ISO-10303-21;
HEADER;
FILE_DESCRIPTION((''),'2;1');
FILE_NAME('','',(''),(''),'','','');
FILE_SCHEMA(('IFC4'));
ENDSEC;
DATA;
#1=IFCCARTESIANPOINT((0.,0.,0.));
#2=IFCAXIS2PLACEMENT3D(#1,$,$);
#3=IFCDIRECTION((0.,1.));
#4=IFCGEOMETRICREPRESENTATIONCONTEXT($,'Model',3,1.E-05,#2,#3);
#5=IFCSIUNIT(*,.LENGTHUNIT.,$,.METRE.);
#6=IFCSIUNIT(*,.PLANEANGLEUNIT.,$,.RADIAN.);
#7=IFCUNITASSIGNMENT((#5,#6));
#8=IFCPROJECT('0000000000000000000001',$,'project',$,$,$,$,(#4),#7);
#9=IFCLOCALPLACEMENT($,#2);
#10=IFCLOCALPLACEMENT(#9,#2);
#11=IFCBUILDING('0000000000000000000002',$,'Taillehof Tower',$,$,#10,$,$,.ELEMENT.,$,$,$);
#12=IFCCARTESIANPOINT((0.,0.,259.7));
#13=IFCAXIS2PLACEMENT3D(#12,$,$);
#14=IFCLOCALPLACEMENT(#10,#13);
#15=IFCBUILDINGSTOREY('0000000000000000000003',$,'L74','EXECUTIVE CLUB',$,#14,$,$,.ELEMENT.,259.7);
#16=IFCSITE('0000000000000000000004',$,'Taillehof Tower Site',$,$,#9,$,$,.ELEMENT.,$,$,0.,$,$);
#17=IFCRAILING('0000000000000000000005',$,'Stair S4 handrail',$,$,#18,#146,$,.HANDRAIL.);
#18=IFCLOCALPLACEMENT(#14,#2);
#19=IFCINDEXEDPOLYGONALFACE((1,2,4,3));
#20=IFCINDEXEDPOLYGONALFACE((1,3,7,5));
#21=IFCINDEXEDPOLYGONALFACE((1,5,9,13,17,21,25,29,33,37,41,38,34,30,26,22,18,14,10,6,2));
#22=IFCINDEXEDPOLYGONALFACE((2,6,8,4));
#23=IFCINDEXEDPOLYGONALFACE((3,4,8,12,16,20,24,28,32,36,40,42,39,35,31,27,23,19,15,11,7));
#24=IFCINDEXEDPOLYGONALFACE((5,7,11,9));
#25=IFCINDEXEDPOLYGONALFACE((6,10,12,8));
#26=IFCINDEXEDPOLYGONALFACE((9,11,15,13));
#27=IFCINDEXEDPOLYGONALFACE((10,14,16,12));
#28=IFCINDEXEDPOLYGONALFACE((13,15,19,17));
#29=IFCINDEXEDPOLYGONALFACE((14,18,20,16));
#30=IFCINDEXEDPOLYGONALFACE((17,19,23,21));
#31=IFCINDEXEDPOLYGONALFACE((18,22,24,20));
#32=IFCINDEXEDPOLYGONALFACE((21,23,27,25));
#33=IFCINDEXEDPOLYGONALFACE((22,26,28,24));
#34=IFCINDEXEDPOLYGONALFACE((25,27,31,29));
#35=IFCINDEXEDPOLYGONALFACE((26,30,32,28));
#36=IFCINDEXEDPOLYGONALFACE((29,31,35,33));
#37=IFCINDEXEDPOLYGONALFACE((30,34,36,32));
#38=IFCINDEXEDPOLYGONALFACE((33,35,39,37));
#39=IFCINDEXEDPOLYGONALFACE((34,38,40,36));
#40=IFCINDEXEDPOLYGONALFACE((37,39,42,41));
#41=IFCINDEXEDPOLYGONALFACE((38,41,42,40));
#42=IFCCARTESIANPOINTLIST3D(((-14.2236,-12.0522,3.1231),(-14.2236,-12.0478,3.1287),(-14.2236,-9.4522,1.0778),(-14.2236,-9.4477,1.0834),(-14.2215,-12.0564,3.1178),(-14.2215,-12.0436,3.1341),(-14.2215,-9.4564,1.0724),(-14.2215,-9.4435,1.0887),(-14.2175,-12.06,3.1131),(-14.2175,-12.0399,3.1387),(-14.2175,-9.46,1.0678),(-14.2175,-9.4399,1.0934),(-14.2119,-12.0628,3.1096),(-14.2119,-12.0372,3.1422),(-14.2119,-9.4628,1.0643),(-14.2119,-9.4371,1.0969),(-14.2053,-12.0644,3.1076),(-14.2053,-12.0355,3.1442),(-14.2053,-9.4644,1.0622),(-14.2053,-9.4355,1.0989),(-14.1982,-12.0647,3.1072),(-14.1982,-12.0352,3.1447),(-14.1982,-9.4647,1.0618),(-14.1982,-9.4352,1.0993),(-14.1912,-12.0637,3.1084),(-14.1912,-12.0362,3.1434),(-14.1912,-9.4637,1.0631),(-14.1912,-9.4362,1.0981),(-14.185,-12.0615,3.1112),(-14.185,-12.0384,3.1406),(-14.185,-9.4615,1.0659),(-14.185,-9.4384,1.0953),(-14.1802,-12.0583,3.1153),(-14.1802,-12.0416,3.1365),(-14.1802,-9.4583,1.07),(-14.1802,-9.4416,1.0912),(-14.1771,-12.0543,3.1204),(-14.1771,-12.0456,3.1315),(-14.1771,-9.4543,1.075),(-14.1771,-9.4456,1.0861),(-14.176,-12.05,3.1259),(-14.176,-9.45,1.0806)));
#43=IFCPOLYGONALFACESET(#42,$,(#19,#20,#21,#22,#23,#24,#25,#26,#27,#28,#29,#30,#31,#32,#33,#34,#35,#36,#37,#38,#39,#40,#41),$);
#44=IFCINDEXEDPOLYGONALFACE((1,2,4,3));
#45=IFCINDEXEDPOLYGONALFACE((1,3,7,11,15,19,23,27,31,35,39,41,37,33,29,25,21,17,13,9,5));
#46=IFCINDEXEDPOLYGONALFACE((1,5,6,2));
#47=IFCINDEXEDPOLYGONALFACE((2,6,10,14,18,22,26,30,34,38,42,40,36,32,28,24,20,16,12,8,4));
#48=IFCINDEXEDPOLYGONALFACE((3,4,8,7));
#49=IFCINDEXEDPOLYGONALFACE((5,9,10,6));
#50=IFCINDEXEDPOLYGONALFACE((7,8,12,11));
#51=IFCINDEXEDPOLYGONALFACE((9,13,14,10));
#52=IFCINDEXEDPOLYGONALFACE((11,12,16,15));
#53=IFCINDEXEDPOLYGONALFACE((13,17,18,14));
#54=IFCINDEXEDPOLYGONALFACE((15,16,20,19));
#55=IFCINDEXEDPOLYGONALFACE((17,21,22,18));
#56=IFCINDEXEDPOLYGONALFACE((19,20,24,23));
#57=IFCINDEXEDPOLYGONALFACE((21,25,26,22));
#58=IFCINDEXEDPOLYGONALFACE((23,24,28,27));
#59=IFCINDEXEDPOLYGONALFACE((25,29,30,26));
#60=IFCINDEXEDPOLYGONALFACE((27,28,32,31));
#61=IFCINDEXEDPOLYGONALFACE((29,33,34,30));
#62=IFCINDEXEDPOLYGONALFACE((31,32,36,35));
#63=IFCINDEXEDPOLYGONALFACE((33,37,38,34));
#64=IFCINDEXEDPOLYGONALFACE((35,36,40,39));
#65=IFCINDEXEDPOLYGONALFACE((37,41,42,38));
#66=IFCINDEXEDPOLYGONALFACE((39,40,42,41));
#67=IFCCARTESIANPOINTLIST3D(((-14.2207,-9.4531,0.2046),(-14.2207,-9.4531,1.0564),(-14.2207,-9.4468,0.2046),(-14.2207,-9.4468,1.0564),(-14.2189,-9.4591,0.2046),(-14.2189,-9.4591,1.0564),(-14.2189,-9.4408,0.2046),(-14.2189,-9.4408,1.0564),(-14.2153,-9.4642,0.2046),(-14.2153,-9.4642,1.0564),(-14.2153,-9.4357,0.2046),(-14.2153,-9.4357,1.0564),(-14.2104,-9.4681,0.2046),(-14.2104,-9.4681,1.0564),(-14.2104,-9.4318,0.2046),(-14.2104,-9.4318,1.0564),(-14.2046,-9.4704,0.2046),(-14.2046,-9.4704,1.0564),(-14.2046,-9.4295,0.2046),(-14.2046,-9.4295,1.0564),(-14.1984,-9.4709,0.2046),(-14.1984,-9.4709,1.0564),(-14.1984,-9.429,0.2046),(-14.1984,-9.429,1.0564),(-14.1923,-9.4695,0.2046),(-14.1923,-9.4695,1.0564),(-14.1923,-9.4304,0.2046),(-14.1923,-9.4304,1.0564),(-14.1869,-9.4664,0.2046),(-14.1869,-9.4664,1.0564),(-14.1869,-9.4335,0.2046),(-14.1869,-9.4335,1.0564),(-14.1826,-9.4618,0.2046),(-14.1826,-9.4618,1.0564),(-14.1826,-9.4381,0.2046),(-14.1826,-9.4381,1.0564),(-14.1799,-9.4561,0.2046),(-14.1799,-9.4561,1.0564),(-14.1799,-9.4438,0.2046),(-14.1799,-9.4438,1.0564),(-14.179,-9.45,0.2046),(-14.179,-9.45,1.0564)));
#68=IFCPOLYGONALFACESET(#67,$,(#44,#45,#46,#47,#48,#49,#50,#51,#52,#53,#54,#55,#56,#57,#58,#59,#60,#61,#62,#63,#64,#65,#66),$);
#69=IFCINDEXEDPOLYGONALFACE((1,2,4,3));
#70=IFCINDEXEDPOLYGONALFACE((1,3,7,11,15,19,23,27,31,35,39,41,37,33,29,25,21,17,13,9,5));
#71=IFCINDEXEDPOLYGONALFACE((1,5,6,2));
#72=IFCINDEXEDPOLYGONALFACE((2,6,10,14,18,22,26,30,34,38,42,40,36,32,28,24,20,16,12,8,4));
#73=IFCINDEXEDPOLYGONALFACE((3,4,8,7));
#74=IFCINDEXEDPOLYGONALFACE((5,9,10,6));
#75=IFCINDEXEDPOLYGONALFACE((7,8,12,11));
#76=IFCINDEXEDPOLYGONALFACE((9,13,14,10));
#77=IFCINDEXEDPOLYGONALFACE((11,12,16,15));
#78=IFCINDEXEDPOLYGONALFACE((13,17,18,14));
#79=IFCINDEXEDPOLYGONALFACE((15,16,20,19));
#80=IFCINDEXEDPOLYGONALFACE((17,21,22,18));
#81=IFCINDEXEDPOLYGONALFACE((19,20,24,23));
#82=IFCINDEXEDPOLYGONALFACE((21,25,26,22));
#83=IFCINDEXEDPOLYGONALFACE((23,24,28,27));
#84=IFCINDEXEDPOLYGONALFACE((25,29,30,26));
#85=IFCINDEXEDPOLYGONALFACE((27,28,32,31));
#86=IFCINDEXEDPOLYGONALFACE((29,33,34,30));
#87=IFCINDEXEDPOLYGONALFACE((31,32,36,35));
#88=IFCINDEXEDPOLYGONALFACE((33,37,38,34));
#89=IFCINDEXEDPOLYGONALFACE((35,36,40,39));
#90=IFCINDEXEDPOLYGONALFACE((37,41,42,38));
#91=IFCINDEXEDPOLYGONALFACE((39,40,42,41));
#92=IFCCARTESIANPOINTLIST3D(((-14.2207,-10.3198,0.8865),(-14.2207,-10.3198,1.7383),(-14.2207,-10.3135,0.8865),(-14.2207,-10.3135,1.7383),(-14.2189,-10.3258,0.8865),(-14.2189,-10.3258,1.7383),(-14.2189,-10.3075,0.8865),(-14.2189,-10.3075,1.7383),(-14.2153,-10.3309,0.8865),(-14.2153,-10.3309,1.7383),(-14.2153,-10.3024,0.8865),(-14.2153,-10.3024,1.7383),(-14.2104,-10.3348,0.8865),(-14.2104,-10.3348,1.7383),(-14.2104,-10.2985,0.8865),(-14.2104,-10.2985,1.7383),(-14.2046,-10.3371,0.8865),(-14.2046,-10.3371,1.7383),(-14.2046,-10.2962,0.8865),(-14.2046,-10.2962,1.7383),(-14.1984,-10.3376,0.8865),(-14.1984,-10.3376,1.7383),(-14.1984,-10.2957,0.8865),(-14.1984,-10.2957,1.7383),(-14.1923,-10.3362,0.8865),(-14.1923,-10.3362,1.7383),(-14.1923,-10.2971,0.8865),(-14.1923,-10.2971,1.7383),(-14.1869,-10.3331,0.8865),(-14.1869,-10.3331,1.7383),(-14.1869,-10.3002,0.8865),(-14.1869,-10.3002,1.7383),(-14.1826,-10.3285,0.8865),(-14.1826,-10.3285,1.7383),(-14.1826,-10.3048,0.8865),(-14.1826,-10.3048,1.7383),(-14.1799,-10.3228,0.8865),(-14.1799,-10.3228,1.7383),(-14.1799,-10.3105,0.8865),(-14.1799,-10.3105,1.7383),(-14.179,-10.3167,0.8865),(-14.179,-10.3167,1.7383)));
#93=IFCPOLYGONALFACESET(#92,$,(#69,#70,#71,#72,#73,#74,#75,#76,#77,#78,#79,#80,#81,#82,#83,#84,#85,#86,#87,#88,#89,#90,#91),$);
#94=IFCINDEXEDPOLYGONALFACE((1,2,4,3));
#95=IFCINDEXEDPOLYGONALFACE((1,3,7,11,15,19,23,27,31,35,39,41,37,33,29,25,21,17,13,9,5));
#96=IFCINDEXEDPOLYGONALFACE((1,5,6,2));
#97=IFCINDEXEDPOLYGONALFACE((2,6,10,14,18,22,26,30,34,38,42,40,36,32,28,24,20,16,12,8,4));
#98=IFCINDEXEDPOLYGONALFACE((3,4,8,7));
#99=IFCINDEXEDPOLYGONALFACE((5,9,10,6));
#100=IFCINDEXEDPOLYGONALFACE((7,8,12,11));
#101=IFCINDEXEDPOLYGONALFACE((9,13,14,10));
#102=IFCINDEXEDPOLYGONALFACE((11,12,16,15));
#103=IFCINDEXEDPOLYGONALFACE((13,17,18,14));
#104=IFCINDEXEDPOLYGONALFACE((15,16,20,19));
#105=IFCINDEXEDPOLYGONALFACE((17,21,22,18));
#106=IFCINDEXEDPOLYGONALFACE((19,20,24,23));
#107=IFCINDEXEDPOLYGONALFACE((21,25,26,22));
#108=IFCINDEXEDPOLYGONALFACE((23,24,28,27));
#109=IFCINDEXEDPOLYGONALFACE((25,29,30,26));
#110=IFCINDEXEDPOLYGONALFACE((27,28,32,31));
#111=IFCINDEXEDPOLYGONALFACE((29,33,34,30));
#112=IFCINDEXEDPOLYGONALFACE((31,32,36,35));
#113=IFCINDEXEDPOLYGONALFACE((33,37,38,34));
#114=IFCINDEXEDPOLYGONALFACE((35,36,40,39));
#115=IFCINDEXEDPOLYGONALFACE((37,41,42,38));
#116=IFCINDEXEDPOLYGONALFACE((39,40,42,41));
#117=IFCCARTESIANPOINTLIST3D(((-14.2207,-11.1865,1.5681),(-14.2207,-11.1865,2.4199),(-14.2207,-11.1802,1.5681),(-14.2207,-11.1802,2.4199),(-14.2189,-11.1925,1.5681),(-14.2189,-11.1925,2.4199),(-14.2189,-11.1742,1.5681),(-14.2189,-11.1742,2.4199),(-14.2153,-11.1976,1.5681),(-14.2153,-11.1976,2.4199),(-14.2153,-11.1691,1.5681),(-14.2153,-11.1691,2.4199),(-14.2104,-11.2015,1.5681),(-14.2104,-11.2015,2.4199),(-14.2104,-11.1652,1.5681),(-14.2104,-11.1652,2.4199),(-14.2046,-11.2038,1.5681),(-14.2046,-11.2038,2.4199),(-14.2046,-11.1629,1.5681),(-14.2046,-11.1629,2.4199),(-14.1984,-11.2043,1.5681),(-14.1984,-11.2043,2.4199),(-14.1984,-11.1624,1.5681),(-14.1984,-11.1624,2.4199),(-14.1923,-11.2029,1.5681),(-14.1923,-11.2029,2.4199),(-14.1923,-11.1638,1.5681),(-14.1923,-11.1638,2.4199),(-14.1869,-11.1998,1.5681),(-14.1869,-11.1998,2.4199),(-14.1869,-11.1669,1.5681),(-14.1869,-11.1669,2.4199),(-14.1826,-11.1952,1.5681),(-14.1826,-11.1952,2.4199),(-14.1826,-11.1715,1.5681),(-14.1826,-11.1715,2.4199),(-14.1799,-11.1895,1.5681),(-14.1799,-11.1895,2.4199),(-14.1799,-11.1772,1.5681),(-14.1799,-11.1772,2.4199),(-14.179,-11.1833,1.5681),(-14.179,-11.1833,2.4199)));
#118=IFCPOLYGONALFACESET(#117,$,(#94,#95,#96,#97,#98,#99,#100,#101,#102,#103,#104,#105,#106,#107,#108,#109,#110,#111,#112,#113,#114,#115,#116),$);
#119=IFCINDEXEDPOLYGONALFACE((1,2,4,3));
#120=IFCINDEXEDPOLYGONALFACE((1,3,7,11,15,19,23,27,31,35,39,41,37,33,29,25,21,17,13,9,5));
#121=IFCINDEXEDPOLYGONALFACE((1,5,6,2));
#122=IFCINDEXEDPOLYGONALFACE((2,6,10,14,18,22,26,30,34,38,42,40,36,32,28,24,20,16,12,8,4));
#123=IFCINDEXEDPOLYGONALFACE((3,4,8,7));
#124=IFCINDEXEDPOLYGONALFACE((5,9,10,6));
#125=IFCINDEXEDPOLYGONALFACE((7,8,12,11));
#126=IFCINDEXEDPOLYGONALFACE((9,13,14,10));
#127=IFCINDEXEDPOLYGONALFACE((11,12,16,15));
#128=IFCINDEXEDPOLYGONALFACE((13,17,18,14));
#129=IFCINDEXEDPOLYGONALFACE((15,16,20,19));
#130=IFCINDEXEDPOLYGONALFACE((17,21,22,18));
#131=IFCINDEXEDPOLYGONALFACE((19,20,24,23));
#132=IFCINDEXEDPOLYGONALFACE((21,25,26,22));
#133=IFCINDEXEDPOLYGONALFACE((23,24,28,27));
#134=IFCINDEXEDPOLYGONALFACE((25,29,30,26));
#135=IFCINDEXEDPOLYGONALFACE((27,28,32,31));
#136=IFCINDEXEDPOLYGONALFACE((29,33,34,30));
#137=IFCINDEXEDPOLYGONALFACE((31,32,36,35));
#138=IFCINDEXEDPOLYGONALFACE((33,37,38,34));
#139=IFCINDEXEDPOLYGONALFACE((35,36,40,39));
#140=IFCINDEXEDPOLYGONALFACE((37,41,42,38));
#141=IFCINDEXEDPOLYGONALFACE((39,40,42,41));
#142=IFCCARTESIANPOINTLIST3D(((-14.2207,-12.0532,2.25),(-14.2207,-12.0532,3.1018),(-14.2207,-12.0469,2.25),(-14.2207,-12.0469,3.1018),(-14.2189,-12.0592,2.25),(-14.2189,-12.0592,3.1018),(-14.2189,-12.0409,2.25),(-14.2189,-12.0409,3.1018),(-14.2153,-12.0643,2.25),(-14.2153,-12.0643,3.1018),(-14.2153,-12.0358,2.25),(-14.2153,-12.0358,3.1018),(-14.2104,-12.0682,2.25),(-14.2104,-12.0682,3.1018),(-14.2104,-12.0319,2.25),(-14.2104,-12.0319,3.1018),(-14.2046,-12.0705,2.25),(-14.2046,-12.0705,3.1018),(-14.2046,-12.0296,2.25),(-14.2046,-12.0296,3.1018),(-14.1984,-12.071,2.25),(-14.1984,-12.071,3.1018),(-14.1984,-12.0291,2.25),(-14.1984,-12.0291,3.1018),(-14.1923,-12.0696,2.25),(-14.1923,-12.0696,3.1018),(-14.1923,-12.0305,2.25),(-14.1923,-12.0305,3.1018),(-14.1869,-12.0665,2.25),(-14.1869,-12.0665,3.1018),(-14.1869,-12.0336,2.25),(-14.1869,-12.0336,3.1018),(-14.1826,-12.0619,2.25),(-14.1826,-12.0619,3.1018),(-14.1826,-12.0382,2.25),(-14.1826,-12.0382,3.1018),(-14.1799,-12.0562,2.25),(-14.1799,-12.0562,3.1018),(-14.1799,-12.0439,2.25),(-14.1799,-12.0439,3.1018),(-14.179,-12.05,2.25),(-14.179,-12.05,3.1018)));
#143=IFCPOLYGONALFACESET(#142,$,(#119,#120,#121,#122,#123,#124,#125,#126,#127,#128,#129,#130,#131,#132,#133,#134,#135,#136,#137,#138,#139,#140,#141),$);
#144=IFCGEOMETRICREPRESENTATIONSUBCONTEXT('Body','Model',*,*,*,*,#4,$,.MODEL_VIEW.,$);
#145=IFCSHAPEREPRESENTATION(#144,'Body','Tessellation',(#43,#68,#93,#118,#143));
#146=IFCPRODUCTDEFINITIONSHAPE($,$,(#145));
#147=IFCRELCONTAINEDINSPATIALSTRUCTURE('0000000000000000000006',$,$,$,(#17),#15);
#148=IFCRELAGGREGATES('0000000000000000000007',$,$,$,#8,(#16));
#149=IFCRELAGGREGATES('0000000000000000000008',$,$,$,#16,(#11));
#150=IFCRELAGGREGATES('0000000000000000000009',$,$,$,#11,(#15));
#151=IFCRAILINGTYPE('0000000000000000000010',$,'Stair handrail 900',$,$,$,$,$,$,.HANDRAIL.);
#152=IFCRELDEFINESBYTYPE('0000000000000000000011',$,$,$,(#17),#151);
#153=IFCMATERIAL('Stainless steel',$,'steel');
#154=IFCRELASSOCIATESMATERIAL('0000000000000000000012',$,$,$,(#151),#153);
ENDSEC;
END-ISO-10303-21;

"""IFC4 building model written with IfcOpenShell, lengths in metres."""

from ifc_helpers import new_model, si_unit, direction, frame, origin, origin_2d, place, context, subcontext, project, spatial, circle, extrude, material, type_object, element, save


model = new_model("IFC4")

# Units and contexts
model_context = context("Model", 3, precision=1e-05, world=origin(), true_north=direction((0.0, 1.0)))
body_context = subcontext(model_context, "Body", "Model", "MODEL_VIEW")
ifc_project = project(units=[si_unit("LENGTHUNIT", "METRE"), si_unit("PLANEANGLEUNIT", "RADIAN")], contexts=[model_context])

# Site, building, storey
site_placement = place(None, origin())
site = spatial("IfcSite", under=ifc_project, at=site_placement, Name="Taillehof Tower Site", CompositionType="ELEMENT", RefElevation=0.0)
building_placement = place(site_placement, origin())
building = spatial("IfcBuilding", under=site, at=building_placement, Name="Taillehof Tower", CompositionType="ELEMENT")
storey_placement = place(building_placement, frame((0.0, 0.0, 259.7)))
storey = spatial("IfcBuildingStorey", under=building, at=storey_placement, Name="L74", Description="EXECUTIVE CLUB", CompositionType="ELEMENT", Elevation=259.7)

# Railing
ifc_material_1 = material(Name="Stainless steel", Category="steel")
railing_type = type_object("IfcRailingType", Name="Stair handrail 900", PredefinedType="HANDRAIL", material=ifc_material_1)
railing_placement = place(storey_placement, frame((-14.2, -9.45, 0.2046)))
element("IfcRailing", 1, at=railing_placement, inside=storey, type_object=railing_type, Name="Stair S4 handrail", PredefinedType="HANDRAIL", context=body_context, shape_type="SweptSolid", body=[
    extrude(circle(Radius=0.0239, at=origin_2d()), frame((0.0, 0.0, 0.876), z_axis=(0.0, -0.785955, 0.618284), x_axis=(1.0, 0.0, 0.0)), (0.0, 0.0, 1.0), 3.3081),
    extrude(circle(Radius=0.021, at=origin_2d()), origin(), (0.0, 0.0, 1.0), 0.8518),
    extrude(circle(Radius=0.021, at=origin_2d()), frame((0.0, -0.8667, 0.6819)), (0.0, 0.0, 1.0), 0.8518),
    extrude(circle(Radius=0.021, at=origin_2d()), frame((0.0, -1.7334, 1.3635)), (0.0, 0.0, 1.0), 0.8518),
    extrude(circle(Radius=0.021, at=origin_2d()), frame((0.0, -2.6001, 2.0454)), (0.0, 0.0, 1.0), 0.8518),
])

save(model, "model.ifc")
